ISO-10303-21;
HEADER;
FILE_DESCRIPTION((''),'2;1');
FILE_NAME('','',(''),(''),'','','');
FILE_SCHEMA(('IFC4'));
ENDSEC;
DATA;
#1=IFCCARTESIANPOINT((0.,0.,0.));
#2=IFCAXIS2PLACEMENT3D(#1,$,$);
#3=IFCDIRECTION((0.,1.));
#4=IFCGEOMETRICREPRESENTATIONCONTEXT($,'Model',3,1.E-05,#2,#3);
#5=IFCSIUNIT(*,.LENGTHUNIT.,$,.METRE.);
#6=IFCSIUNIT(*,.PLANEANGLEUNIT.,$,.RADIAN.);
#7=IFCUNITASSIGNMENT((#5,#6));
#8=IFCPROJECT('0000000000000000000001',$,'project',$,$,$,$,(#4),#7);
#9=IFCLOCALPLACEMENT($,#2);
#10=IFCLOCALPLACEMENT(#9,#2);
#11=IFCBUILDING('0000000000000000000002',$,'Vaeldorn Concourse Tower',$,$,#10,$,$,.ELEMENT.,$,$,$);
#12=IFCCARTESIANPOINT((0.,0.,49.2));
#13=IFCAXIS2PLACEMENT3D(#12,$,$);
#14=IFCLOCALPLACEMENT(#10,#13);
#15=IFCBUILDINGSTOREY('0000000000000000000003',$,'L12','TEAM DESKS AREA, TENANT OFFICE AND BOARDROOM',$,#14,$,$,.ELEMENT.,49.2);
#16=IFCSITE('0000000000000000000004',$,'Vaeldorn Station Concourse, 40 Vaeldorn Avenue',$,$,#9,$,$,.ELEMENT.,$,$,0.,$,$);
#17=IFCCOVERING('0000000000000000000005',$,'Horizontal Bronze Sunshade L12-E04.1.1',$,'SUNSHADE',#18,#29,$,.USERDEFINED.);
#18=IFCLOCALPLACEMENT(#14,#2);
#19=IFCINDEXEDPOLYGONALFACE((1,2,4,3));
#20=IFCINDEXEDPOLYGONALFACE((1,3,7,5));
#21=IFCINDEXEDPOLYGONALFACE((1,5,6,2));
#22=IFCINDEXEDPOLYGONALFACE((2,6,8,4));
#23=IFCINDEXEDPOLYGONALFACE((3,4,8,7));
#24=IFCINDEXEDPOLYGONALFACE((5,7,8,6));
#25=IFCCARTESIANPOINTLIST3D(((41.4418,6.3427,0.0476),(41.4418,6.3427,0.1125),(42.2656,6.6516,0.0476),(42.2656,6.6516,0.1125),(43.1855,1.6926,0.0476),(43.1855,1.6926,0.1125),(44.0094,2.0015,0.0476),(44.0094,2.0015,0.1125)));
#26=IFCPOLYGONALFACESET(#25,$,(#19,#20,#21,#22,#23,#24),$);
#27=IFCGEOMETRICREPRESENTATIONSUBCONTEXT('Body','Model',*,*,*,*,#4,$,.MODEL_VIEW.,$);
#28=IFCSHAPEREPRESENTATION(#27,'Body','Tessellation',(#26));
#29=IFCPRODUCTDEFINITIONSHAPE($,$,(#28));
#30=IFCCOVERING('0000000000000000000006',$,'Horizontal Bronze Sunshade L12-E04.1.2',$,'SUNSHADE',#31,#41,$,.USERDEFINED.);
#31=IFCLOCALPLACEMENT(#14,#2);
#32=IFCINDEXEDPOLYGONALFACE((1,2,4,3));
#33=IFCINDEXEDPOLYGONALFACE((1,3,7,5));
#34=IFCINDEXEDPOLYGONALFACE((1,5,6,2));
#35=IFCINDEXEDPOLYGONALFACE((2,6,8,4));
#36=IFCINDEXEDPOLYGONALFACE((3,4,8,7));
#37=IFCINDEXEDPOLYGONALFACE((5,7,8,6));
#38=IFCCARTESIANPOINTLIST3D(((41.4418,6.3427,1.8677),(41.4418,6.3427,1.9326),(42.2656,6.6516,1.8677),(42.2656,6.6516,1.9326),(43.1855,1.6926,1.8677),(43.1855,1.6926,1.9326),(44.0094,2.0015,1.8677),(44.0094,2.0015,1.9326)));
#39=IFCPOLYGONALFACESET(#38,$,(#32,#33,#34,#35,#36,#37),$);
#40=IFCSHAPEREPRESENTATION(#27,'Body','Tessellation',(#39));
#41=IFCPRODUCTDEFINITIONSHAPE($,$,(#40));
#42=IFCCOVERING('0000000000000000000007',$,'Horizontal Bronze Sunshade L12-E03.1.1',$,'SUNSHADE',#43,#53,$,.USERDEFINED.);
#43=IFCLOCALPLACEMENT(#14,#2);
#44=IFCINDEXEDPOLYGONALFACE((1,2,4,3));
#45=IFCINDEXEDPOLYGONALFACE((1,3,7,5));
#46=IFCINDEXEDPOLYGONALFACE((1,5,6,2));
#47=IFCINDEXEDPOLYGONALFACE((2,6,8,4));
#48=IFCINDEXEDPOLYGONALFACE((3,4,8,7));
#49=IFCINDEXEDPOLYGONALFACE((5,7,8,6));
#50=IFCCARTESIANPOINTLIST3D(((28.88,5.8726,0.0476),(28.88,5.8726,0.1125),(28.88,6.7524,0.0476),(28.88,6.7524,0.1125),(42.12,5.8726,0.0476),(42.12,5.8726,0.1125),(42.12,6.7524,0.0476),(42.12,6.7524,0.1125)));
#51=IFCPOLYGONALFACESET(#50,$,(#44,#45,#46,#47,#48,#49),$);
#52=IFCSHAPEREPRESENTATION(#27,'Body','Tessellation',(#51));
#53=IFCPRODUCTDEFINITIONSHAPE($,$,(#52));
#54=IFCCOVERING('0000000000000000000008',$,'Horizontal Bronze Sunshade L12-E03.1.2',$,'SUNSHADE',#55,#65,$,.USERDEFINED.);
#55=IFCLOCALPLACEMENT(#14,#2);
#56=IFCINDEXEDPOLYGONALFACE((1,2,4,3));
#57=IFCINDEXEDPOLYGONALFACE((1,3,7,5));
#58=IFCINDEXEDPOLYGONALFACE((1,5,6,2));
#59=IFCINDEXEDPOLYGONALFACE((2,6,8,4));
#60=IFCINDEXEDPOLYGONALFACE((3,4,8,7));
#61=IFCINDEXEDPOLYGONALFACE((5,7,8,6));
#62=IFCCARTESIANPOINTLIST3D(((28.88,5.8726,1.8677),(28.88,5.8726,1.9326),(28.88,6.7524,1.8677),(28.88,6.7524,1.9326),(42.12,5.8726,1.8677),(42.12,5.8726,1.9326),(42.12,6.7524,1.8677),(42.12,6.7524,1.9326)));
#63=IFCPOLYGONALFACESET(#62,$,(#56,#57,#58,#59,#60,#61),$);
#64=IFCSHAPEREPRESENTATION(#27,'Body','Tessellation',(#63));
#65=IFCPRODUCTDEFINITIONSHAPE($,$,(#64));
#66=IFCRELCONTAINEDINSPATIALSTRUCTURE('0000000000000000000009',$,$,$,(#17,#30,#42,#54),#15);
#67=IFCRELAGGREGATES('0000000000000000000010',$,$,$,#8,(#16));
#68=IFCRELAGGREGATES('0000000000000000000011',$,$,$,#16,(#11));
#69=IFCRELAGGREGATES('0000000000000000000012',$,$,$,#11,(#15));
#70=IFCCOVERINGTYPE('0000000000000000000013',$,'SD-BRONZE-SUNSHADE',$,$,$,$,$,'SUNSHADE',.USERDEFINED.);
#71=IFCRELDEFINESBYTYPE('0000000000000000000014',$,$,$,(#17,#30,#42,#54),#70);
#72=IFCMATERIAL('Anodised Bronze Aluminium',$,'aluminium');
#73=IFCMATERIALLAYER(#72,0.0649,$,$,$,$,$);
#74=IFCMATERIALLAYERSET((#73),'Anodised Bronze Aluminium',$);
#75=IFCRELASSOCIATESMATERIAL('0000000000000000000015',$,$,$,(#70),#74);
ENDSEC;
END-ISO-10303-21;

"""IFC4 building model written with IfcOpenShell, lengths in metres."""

from ifc_helpers import new_model, si_unit, direction, frame, origin, origin_2d, place, context, subcontext, project, spatial, rectangle, extrude, source, transform, mapped, material, layer, layer_set, type_object, element, save


model = new_model("IFC4")

# Units and contexts
model_context = context("Model", 3, precision=1e-05, world=origin(), true_north=direction((0.0, 1.0)))
body_context = subcontext(model_context, "Body", "Model", "MODEL_VIEW")
ifc_project = project(units=[si_unit("LENGTHUNIT", "METRE"), si_unit("PLANEANGLEUNIT", "RADIAN")], contexts=[model_context])

# Site, building, storey
site_placement = place(None, origin())
site = spatial("IfcSite", under=ifc_project, at=site_placement, Name="Vaeldorn Station Concourse, 40 Vaeldorn Avenue", CompositionType="ELEMENT", RefElevation=0.0)
building_placement = place(site_placement, origin())
building = spatial("IfcBuilding", under=site, at=building_placement, Name="Vaeldorn Concourse Tower", CompositionType="ELEMENT")
storey_placement = place(building_placement, frame((0.0, 0.0, 49.2)))
storey = spatial("IfcBuildingStorey", under=building, at=storey_placement, Name="L12", Description="TEAM DESKS AREA, TENANT OFFICE AND BOARDROOM", CompositionType="ELEMENT", Elevation=49.2)

# Shared definitions
ifc_material_1 = material(Name="Anodised Bronze Aluminium", Category="aluminium")

# Coverings
ifc_layer_1 = layer(ifc_material_1, 0.0649)
ifc_layer_set_1 = layer_set([ifc_layer_1], Name="Anodised Bronze Aluminium")
covering_type = type_object("IfcCoveringType", Name="SD-BRONZE-SUNSHADE", ElementType="SUNSHADE", PredefinedType="USERDEFINED", material=ifc_layer_set_1)
shared_shape_1 = source(origin(), body_context, "Body", "SweptSolid", [
    extrude(rectangle(XDim=4.9663, YDim=0.8799, at=origin_2d()), origin(), (0.0, 0.0, 1.0), 0.0649),
])
for number, where, z_axis, x_axis, name in (
    (1, (42.7256, 4.1721, 0.0476), (0.0, 0.0, 1.0), (0.351123, -0.936329, 0.0), "Horizontal Bronze Sunshade L12-E04.1.1"),
    (2, (42.7256, 4.1721, 1.8677), (0.0, 0.0, 1.0), (0.351123, -0.936329, 0.0), "Horizontal Bronze Sunshade L12-E04.1.2"),
):
    element("IfcCovering", number, at=place(storey_placement, frame(where, z_axis=z_axis, x_axis=x_axis)), inside=storey, type_object=covering_type, Name=name, ObjectType="SUNSHADE", PredefinedType="USERDEFINED", context=body_context, shape_type="MappedRepresentation", body=[
        mapped(shared_shape_1, transform((0.0, 0.0, 0.0), scale=1.0)),
    ])
shared_shape_2 = source(origin(), body_context, "Body", "SweptSolid", [
    extrude(rectangle(XDim=13.24, YDim=0.8799, at=origin_2d()), origin(), (0.0, 0.0, 1.0), 0.0649),
])
for number, where, z_axis, x_axis, name in (
    (3, (35.5, 6.3125, 0.0476), (0.0, 0.0, 1.0), (1.0, 0.0, 0.0), "Horizontal Bronze Sunshade L12-E03.1.1"),
    (4, (35.5, 6.3125, 1.8677), (0.0, 0.0, 1.0), (1.0, 0.0, 0.0), "Horizontal Bronze Sunshade L12-E03.1.2"),
):
    element("IfcCovering", number, at=place(storey_placement, frame(where, z_axis=z_axis, x_axis=x_axis)), inside=storey, type_object=covering_type, Name=name, ObjectType="SUNSHADE", PredefinedType="USERDEFINED", context=body_context, shape_type="MappedRepresentation", body=[
        mapped(shared_shape_2, transform((0.0, 0.0, 0.0), scale=1.0)),
    ])

save(model, "model.ifc")
